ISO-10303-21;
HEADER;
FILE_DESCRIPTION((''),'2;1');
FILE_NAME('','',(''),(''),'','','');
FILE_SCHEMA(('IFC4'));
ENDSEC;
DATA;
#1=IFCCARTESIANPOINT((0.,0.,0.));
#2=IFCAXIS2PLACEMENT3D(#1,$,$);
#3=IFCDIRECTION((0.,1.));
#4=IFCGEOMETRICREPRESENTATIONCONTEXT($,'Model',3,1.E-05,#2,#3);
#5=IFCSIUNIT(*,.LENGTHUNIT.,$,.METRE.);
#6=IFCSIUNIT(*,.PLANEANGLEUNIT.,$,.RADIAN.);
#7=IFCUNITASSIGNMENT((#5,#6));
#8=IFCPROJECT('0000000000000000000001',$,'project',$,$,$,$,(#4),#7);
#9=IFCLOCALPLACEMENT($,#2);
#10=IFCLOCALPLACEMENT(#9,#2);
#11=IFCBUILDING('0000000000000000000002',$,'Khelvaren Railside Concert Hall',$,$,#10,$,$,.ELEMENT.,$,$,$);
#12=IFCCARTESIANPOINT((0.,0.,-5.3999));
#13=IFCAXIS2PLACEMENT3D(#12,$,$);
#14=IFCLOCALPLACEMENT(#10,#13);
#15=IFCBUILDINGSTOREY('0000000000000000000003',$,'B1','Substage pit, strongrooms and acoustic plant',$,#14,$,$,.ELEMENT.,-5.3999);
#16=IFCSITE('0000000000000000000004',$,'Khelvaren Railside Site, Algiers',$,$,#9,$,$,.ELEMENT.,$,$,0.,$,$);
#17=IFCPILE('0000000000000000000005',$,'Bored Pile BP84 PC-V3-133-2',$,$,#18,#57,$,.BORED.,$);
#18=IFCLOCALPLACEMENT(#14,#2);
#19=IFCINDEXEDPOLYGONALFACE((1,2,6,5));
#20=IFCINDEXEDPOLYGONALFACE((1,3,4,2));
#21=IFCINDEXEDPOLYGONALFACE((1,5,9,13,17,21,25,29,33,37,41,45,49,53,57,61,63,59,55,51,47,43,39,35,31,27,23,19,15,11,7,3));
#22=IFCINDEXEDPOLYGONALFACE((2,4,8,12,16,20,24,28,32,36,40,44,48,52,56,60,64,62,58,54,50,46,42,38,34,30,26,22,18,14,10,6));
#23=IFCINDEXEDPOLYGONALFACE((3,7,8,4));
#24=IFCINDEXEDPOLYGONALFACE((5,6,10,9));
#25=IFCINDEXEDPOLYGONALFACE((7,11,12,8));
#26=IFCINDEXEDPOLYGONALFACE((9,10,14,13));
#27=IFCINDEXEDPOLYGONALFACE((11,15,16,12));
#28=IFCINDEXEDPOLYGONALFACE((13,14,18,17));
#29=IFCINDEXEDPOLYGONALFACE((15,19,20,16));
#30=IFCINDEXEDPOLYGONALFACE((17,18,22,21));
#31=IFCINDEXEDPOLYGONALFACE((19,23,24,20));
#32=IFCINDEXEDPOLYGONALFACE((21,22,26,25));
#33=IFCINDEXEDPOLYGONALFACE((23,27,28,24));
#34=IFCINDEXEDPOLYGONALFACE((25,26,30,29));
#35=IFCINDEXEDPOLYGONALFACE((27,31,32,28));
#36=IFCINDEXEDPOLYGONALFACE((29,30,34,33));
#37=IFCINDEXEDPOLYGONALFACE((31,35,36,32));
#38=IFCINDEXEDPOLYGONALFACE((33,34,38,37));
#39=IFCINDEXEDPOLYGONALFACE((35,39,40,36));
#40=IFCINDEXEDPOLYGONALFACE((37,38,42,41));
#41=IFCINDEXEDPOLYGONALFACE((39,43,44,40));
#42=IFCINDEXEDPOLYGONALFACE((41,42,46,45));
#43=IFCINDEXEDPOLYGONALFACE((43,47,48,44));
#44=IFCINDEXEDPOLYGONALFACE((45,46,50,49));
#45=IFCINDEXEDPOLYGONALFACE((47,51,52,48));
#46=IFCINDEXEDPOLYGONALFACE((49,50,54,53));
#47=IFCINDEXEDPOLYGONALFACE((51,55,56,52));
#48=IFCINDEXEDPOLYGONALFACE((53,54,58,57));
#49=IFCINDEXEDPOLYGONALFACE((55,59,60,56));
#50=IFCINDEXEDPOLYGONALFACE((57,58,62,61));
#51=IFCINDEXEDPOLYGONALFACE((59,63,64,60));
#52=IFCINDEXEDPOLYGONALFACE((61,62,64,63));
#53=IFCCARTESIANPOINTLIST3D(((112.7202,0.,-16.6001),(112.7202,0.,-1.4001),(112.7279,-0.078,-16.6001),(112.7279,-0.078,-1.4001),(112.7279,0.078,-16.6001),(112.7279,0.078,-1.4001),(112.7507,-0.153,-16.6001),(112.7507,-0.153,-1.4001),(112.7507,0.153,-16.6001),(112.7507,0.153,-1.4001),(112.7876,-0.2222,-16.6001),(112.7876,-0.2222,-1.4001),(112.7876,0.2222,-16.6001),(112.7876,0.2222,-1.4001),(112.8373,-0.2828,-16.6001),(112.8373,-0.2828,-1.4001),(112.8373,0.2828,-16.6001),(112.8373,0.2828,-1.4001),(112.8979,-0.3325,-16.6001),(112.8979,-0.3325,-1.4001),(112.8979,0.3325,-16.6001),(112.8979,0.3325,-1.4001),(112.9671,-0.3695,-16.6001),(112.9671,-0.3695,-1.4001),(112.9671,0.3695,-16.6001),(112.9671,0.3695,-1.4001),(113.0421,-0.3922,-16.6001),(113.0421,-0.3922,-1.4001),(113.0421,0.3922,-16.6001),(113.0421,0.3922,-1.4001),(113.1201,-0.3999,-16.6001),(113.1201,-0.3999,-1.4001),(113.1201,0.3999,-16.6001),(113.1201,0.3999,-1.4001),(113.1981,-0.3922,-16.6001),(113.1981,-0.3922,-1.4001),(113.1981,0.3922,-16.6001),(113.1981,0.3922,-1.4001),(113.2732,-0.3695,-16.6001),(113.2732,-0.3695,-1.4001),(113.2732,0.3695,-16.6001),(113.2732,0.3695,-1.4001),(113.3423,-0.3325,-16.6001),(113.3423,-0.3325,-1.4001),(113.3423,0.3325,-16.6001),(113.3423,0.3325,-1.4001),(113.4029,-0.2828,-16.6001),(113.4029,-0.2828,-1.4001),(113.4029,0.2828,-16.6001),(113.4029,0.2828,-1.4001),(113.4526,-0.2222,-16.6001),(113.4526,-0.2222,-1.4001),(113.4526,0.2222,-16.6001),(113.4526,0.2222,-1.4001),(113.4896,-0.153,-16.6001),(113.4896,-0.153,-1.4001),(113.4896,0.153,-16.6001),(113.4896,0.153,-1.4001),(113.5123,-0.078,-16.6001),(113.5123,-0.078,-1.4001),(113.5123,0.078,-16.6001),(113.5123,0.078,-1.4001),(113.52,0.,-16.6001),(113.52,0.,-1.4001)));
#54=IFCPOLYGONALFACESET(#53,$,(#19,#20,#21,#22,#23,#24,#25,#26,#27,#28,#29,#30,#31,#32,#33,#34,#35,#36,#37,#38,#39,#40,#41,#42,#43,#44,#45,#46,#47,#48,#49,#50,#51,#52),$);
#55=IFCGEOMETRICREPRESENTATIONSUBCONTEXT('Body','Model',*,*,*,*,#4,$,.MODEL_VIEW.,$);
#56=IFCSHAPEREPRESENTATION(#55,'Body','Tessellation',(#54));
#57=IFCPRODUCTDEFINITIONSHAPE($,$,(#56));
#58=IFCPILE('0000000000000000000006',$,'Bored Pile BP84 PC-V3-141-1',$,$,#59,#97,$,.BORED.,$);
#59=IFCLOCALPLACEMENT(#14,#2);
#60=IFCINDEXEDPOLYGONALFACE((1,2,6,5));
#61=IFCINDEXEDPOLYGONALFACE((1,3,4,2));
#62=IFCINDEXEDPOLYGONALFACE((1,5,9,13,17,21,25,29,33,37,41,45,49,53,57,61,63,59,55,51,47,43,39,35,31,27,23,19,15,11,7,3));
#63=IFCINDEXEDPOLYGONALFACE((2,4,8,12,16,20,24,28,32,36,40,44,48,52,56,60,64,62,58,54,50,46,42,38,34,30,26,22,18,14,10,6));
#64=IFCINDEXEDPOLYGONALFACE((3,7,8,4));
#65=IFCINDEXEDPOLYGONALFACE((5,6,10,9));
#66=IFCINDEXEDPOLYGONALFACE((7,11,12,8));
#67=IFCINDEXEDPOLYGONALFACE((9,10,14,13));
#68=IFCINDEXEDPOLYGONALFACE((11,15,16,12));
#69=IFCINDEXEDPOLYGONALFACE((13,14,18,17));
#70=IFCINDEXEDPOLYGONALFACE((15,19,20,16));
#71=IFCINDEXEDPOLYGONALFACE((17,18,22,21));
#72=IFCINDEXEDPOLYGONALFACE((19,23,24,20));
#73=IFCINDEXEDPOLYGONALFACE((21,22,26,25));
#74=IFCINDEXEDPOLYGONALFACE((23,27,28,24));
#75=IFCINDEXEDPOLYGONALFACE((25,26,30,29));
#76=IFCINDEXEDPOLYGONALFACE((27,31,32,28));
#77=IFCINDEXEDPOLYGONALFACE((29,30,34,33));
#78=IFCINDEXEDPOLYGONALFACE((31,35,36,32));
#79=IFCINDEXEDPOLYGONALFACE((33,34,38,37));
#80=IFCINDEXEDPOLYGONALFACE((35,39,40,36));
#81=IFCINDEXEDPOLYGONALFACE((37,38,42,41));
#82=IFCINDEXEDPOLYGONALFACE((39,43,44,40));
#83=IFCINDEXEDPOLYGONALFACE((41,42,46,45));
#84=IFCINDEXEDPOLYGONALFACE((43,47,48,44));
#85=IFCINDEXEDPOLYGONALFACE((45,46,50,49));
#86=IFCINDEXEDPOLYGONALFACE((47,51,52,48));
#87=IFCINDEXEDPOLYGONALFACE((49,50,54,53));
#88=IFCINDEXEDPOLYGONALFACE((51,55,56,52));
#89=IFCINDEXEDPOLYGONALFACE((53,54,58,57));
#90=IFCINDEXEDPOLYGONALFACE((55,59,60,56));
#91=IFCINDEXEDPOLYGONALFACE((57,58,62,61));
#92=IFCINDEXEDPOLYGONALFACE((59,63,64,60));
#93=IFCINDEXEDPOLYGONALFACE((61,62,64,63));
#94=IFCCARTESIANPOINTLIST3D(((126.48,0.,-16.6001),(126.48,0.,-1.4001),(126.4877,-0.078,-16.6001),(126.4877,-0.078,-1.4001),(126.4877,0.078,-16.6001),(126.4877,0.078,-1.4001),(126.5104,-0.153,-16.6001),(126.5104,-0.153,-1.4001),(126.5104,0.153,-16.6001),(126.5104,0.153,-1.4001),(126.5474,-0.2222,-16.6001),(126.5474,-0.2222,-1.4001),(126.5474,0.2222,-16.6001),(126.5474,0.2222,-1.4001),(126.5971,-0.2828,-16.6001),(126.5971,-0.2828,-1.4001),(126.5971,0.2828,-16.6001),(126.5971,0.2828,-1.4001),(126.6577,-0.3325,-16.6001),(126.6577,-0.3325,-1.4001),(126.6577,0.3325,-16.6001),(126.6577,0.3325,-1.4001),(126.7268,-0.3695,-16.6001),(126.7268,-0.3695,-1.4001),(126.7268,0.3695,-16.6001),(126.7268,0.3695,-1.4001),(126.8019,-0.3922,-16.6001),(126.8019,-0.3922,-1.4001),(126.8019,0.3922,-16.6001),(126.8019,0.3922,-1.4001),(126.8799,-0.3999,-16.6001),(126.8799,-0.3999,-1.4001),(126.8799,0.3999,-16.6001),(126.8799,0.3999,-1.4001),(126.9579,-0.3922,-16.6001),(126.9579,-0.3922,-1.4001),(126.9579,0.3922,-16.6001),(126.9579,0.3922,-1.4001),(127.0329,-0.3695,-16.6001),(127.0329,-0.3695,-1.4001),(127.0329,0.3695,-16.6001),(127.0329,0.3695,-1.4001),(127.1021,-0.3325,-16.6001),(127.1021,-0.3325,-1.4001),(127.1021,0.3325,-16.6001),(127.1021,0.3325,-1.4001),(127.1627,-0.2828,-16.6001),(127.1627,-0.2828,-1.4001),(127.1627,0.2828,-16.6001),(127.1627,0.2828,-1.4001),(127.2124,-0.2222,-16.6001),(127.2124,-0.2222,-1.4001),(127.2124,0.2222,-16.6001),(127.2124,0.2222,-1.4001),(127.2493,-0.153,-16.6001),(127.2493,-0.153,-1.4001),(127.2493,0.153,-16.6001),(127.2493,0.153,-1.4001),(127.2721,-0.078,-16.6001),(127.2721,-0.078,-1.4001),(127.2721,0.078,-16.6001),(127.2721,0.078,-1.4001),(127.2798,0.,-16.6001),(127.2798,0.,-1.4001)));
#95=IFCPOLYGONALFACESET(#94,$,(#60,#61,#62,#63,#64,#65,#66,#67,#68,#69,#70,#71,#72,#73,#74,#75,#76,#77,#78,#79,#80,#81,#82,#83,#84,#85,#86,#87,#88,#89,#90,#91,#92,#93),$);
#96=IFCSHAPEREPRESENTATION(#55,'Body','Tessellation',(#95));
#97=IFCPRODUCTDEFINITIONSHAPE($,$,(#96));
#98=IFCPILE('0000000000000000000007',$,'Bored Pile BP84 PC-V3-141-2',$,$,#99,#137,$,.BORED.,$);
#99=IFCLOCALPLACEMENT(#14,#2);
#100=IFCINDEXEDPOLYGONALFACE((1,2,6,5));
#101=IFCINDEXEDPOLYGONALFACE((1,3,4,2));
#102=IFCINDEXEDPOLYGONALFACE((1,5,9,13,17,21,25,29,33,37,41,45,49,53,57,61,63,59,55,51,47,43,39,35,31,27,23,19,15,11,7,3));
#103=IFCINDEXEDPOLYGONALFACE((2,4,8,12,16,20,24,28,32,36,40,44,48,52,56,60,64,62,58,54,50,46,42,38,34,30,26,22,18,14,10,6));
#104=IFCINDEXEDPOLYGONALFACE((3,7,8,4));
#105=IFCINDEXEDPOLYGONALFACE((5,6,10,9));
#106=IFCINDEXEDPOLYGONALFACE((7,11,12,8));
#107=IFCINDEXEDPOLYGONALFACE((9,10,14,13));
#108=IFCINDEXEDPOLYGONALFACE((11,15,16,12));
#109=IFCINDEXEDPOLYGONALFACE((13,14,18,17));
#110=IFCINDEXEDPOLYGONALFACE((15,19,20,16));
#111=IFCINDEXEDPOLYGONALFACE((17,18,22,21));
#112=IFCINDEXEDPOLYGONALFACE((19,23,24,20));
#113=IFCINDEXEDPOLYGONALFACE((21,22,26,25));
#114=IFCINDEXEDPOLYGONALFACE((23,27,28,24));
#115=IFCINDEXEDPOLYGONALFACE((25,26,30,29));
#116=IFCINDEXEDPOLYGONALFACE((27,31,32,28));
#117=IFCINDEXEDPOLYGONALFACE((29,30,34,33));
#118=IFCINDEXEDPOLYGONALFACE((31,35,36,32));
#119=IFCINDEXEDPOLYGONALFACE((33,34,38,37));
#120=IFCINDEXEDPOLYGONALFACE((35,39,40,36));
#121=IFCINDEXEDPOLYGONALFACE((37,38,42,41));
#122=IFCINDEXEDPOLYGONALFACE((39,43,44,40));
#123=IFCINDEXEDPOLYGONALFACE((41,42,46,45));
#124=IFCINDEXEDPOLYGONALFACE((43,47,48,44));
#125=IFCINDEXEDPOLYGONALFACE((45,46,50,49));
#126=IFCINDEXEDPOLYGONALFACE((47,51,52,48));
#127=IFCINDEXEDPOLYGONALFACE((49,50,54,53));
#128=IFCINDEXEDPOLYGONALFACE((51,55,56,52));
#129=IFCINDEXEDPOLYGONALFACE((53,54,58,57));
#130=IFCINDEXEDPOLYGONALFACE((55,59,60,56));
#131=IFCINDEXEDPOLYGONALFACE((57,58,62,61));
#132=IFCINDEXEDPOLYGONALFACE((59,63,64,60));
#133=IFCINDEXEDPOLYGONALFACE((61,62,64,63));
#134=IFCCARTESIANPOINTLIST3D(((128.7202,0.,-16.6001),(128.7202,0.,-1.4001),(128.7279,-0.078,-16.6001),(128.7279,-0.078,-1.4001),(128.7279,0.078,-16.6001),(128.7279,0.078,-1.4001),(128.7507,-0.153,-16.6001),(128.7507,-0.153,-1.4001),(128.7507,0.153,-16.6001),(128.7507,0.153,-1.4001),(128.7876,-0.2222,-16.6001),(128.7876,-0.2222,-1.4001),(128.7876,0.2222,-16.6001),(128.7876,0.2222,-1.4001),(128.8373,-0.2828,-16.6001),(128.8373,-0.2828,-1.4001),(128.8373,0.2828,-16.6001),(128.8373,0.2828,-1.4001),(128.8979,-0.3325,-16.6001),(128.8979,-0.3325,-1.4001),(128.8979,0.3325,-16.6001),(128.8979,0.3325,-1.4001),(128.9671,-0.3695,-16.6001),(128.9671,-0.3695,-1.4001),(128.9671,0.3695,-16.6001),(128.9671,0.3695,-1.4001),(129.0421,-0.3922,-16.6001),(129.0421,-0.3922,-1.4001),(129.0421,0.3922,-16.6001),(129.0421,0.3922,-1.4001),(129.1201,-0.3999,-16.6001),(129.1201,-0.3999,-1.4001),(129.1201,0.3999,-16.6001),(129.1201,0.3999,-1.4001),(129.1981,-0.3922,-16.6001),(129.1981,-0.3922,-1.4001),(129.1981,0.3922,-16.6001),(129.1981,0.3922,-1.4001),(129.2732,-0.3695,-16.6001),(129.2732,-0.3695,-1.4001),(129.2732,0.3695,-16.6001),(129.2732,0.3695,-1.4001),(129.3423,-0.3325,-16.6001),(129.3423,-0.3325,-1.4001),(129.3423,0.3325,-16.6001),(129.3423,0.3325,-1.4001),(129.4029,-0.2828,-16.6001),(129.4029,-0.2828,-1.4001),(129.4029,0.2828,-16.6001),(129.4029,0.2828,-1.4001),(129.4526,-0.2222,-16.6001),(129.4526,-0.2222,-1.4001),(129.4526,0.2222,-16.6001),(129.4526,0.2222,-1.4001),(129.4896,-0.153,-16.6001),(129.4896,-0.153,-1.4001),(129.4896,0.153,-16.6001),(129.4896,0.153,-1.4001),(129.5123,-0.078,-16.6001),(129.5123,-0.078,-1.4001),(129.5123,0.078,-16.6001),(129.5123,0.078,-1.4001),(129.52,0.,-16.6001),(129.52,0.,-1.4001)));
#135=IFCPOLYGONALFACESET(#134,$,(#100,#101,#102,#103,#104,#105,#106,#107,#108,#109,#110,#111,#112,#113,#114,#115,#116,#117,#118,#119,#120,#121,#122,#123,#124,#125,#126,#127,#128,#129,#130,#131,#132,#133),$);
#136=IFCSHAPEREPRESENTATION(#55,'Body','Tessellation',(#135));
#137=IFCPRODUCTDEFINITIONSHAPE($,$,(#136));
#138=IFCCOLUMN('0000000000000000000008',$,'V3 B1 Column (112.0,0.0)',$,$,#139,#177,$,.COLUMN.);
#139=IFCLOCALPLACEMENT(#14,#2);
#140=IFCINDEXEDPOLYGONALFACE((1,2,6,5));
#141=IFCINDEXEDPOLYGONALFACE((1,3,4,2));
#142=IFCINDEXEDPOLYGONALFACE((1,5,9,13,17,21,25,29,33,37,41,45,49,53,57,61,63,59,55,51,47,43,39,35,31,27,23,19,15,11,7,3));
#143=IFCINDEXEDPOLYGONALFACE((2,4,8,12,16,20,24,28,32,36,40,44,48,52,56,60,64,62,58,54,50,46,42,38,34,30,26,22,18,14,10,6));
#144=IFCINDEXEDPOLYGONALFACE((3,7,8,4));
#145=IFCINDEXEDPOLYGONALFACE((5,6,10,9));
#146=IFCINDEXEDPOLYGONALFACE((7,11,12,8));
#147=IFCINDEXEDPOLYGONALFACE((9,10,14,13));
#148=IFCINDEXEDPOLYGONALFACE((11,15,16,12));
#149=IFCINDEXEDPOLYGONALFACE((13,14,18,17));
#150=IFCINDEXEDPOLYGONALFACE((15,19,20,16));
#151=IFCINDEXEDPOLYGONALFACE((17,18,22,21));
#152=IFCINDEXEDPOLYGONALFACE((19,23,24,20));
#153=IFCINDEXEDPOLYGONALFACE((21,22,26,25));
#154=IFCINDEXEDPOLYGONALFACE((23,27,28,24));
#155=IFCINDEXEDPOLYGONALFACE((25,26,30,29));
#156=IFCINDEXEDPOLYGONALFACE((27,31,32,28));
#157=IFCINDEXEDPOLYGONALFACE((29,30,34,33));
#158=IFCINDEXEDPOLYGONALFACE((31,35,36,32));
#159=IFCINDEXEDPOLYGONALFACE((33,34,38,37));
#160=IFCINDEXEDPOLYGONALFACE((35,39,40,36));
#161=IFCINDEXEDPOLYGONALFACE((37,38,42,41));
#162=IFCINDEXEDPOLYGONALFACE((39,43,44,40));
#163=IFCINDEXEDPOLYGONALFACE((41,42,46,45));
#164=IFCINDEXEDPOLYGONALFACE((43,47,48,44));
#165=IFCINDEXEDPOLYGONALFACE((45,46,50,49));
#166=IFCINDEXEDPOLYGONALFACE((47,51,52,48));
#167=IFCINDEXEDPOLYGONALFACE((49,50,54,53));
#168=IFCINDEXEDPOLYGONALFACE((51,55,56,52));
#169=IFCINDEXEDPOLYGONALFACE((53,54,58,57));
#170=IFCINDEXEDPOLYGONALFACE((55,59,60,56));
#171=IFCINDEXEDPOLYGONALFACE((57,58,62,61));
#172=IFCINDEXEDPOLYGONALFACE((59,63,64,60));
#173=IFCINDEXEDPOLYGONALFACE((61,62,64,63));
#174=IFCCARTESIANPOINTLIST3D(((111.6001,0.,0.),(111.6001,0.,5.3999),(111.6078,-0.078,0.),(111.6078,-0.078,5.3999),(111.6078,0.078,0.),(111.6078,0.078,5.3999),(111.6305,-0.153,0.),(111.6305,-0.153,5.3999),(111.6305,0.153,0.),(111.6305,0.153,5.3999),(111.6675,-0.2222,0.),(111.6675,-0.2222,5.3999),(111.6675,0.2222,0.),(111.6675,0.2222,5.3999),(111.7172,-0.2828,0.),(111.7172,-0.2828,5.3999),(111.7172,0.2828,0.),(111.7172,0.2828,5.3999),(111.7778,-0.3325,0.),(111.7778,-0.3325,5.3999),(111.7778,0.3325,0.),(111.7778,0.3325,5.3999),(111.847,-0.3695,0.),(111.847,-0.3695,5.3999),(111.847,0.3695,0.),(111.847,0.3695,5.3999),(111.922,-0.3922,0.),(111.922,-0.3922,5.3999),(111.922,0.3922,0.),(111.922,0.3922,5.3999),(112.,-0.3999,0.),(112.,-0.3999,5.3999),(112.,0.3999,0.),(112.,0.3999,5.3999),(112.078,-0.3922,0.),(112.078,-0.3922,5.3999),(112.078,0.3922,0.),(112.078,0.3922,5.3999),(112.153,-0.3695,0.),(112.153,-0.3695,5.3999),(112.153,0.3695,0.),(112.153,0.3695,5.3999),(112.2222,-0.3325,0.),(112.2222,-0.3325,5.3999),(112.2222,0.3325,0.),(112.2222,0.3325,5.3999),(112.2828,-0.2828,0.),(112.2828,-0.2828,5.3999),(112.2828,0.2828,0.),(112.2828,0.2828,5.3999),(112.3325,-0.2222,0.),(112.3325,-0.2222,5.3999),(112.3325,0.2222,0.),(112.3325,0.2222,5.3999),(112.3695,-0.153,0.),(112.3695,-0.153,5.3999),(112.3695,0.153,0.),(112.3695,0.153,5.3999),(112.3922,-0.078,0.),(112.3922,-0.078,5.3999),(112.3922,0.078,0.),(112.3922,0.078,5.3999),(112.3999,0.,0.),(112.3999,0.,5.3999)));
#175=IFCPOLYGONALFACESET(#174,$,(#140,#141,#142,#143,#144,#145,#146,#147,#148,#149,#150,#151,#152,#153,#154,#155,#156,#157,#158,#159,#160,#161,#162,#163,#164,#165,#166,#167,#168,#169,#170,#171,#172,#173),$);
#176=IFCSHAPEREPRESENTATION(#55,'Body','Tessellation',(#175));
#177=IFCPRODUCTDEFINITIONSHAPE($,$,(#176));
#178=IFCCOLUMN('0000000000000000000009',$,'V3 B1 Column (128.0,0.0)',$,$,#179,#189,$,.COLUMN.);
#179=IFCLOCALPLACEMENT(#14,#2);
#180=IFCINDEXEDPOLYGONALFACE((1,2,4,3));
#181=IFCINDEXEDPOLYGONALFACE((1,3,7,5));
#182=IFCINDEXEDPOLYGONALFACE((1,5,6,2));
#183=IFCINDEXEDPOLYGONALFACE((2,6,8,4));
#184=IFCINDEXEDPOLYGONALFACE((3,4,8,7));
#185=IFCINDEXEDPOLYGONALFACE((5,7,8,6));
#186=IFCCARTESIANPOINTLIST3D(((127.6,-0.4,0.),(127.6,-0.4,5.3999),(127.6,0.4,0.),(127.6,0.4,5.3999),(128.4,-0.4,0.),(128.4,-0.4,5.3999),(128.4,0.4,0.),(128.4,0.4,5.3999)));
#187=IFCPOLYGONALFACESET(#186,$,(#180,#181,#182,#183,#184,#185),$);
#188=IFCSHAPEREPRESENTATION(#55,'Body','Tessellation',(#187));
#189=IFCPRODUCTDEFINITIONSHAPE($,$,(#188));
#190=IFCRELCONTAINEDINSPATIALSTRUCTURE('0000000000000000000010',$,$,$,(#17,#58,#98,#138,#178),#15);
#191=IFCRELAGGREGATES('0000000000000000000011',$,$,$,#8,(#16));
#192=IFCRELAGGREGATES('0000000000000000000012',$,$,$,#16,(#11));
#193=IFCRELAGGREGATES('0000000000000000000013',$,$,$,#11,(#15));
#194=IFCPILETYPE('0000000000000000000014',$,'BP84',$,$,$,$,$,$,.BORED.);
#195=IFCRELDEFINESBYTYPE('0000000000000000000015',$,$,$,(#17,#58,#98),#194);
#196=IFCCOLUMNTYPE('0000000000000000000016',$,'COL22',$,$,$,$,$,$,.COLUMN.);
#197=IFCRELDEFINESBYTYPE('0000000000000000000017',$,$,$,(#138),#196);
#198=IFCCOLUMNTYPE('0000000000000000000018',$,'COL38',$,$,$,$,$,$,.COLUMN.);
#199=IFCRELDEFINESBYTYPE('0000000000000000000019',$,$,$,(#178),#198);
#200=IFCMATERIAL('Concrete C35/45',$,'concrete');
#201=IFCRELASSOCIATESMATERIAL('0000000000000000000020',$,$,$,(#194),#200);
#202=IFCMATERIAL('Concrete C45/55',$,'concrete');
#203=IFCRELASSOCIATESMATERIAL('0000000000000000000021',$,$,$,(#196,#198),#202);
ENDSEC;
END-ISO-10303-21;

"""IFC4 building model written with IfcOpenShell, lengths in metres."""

from ifc_helpers import new_model, si_unit, direction, frame, origin, origin_2d, place, context, subcontext, project, spatial, rectangle, circle, extrude, material, material_profile, profile_set, type_object, element, save


model = new_model("IFC4")

# Units and contexts
model_context = context("Model", 3, precision=1e-05, world=origin(), true_north=direction((0.0, 1.0)))
body_context = subcontext(model_context, "Body", "Model", "MODEL_VIEW")
ifc_project = project(units=[si_unit("LENGTHUNIT", "METRE"), si_unit("PLANEANGLEUNIT", "RADIAN")], contexts=[model_context])

# Site, building, storey
site_placement = place(None, origin())
site = spatial("IfcSite", under=ifc_project, at=site_placement, Name="Khelvaren Railside Site, Algiers", CompositionType="ELEMENT", RefElevation=0.0)
building_placement = place(site_placement, origin())
building = spatial("IfcBuilding", under=site, at=building_placement, Name="Khelvaren Railside Concert Hall", CompositionType="ELEMENT")
storey_placement = place(building_placement, frame((0.0, 0.0, -5.3999)))
storey = spatial("IfcBuildingStorey", under=building, at=storey_placement, Name="B1", Description="Substage pit, strongrooms and acoustic plant", CompositionType="ELEMENT", Elevation=-5.3999)

# Piles
ifc_material_1 = material(Name="Concrete C35/45", Category="concrete")
ifc_material_profile_1 = material_profile(ifc_material_1, circle(Radius=0.3999, at=origin_2d()), Name="BP D800")
ifc_profile_set_1 = profile_set([ifc_material_profile_1], Name="Concrete C35/45")
pile_type_1 = type_object("IfcPileType", Name="BP84", PredefinedType="BORED", material=ifc_profile_set_1)
for number, where, z_axis, x_axis, name in (
    (1, (113.1201, 0.0, -1.4001), (0.0, 0.0, -1.0), (1.0, 0.0, 0.0), "Bored Pile BP84 PC-V3-133-2"),
    (2, (126.8799, 0.0, -1.4001), (0.0, 0.0, -1.0), (1.0, 0.0, 0.0), "Bored Pile BP84 PC-V3-141-1"),
    (3, (129.1201, 0.0, -1.4001), (0.0, 0.0, -1.0), (1.0, 0.0, 0.0), "Bored Pile BP84 PC-V3-141-2"),
):
    element("IfcPile", number, at=place(storey_placement, frame(where, z_axis=z_axis, x_axis=x_axis)), inside=storey, type_object=pile_type_1, Name=name, PredefinedType="BORED", context=body_context, shape_type="SweptSolid", body=[
        extrude(circle(Radius=0.3999, at=origin_2d()), origin(), (0.0, 0.0, 1.0), 15.2),
    ])

# Columns
ifc_material_2 = material(Name="Concrete C45/55", Category="concrete")
ifc_material_profile_2 = material_profile(ifc_material_2, circle(Radius=0.3999, at=origin_2d()), Name="RC D800")
ifc_profile_set_2 = profile_set([ifc_material_profile_2], Name="Concrete C45/55")
column_type_1 = type_object("IfcColumnType", Name="COL22", PredefinedType="COLUMN", material=ifc_profile_set_2)
column_1_placement = place(storey_placement, frame((112.0, 0.0, 0.0), z_axis=(0.0, 0.0, 1.0), x_axis=(1.0, 0.0, 0.0)))
element("IfcColumn", 4, at=column_1_placement, inside=storey, type_object=column_type_1, Name="V3 B1 Column (112.0,0.0)", PredefinedType="COLUMN", context=body_context, shape_type="SweptSolid", body=[
    extrude(circle(Radius=0.3999, at=origin_2d()), origin(), (0.0, 0.0, 1.0), 5.3999),
])
ifc_material_profile_3 = material_profile(ifc_material_2, rectangle(XDim=0.8, YDim=0.8, at=origin_2d()), Name="RC 800x800")
ifc_profile_set_3 = profile_set([ifc_material_profile_3], Name="Concrete C45/55")
column_type_2 = type_object("IfcColumnType", Name="COL38", PredefinedType="COLUMN", material=ifc_profile_set_3)
column_2_placement = place(storey_placement, frame((128.0, 0.0, 0.0), z_axis=(0.0, 0.0, 1.0), x_axis=(1.0, 0.0, 0.0)))
element("IfcColumn", 5, at=column_2_placement, inside=storey, type_object=column_type_2, Name="V3 B1 Column (128.0,0.0)", PredefinedType="COLUMN", context=body_context, shape_type="SweptSolid", body=[
    extrude(rectangle(XDim=0.8, YDim=0.8, at=origin_2d()), origin(), (0.0, 0.0, 1.0), 5.3999),
])

save(model, "model.ifc")
